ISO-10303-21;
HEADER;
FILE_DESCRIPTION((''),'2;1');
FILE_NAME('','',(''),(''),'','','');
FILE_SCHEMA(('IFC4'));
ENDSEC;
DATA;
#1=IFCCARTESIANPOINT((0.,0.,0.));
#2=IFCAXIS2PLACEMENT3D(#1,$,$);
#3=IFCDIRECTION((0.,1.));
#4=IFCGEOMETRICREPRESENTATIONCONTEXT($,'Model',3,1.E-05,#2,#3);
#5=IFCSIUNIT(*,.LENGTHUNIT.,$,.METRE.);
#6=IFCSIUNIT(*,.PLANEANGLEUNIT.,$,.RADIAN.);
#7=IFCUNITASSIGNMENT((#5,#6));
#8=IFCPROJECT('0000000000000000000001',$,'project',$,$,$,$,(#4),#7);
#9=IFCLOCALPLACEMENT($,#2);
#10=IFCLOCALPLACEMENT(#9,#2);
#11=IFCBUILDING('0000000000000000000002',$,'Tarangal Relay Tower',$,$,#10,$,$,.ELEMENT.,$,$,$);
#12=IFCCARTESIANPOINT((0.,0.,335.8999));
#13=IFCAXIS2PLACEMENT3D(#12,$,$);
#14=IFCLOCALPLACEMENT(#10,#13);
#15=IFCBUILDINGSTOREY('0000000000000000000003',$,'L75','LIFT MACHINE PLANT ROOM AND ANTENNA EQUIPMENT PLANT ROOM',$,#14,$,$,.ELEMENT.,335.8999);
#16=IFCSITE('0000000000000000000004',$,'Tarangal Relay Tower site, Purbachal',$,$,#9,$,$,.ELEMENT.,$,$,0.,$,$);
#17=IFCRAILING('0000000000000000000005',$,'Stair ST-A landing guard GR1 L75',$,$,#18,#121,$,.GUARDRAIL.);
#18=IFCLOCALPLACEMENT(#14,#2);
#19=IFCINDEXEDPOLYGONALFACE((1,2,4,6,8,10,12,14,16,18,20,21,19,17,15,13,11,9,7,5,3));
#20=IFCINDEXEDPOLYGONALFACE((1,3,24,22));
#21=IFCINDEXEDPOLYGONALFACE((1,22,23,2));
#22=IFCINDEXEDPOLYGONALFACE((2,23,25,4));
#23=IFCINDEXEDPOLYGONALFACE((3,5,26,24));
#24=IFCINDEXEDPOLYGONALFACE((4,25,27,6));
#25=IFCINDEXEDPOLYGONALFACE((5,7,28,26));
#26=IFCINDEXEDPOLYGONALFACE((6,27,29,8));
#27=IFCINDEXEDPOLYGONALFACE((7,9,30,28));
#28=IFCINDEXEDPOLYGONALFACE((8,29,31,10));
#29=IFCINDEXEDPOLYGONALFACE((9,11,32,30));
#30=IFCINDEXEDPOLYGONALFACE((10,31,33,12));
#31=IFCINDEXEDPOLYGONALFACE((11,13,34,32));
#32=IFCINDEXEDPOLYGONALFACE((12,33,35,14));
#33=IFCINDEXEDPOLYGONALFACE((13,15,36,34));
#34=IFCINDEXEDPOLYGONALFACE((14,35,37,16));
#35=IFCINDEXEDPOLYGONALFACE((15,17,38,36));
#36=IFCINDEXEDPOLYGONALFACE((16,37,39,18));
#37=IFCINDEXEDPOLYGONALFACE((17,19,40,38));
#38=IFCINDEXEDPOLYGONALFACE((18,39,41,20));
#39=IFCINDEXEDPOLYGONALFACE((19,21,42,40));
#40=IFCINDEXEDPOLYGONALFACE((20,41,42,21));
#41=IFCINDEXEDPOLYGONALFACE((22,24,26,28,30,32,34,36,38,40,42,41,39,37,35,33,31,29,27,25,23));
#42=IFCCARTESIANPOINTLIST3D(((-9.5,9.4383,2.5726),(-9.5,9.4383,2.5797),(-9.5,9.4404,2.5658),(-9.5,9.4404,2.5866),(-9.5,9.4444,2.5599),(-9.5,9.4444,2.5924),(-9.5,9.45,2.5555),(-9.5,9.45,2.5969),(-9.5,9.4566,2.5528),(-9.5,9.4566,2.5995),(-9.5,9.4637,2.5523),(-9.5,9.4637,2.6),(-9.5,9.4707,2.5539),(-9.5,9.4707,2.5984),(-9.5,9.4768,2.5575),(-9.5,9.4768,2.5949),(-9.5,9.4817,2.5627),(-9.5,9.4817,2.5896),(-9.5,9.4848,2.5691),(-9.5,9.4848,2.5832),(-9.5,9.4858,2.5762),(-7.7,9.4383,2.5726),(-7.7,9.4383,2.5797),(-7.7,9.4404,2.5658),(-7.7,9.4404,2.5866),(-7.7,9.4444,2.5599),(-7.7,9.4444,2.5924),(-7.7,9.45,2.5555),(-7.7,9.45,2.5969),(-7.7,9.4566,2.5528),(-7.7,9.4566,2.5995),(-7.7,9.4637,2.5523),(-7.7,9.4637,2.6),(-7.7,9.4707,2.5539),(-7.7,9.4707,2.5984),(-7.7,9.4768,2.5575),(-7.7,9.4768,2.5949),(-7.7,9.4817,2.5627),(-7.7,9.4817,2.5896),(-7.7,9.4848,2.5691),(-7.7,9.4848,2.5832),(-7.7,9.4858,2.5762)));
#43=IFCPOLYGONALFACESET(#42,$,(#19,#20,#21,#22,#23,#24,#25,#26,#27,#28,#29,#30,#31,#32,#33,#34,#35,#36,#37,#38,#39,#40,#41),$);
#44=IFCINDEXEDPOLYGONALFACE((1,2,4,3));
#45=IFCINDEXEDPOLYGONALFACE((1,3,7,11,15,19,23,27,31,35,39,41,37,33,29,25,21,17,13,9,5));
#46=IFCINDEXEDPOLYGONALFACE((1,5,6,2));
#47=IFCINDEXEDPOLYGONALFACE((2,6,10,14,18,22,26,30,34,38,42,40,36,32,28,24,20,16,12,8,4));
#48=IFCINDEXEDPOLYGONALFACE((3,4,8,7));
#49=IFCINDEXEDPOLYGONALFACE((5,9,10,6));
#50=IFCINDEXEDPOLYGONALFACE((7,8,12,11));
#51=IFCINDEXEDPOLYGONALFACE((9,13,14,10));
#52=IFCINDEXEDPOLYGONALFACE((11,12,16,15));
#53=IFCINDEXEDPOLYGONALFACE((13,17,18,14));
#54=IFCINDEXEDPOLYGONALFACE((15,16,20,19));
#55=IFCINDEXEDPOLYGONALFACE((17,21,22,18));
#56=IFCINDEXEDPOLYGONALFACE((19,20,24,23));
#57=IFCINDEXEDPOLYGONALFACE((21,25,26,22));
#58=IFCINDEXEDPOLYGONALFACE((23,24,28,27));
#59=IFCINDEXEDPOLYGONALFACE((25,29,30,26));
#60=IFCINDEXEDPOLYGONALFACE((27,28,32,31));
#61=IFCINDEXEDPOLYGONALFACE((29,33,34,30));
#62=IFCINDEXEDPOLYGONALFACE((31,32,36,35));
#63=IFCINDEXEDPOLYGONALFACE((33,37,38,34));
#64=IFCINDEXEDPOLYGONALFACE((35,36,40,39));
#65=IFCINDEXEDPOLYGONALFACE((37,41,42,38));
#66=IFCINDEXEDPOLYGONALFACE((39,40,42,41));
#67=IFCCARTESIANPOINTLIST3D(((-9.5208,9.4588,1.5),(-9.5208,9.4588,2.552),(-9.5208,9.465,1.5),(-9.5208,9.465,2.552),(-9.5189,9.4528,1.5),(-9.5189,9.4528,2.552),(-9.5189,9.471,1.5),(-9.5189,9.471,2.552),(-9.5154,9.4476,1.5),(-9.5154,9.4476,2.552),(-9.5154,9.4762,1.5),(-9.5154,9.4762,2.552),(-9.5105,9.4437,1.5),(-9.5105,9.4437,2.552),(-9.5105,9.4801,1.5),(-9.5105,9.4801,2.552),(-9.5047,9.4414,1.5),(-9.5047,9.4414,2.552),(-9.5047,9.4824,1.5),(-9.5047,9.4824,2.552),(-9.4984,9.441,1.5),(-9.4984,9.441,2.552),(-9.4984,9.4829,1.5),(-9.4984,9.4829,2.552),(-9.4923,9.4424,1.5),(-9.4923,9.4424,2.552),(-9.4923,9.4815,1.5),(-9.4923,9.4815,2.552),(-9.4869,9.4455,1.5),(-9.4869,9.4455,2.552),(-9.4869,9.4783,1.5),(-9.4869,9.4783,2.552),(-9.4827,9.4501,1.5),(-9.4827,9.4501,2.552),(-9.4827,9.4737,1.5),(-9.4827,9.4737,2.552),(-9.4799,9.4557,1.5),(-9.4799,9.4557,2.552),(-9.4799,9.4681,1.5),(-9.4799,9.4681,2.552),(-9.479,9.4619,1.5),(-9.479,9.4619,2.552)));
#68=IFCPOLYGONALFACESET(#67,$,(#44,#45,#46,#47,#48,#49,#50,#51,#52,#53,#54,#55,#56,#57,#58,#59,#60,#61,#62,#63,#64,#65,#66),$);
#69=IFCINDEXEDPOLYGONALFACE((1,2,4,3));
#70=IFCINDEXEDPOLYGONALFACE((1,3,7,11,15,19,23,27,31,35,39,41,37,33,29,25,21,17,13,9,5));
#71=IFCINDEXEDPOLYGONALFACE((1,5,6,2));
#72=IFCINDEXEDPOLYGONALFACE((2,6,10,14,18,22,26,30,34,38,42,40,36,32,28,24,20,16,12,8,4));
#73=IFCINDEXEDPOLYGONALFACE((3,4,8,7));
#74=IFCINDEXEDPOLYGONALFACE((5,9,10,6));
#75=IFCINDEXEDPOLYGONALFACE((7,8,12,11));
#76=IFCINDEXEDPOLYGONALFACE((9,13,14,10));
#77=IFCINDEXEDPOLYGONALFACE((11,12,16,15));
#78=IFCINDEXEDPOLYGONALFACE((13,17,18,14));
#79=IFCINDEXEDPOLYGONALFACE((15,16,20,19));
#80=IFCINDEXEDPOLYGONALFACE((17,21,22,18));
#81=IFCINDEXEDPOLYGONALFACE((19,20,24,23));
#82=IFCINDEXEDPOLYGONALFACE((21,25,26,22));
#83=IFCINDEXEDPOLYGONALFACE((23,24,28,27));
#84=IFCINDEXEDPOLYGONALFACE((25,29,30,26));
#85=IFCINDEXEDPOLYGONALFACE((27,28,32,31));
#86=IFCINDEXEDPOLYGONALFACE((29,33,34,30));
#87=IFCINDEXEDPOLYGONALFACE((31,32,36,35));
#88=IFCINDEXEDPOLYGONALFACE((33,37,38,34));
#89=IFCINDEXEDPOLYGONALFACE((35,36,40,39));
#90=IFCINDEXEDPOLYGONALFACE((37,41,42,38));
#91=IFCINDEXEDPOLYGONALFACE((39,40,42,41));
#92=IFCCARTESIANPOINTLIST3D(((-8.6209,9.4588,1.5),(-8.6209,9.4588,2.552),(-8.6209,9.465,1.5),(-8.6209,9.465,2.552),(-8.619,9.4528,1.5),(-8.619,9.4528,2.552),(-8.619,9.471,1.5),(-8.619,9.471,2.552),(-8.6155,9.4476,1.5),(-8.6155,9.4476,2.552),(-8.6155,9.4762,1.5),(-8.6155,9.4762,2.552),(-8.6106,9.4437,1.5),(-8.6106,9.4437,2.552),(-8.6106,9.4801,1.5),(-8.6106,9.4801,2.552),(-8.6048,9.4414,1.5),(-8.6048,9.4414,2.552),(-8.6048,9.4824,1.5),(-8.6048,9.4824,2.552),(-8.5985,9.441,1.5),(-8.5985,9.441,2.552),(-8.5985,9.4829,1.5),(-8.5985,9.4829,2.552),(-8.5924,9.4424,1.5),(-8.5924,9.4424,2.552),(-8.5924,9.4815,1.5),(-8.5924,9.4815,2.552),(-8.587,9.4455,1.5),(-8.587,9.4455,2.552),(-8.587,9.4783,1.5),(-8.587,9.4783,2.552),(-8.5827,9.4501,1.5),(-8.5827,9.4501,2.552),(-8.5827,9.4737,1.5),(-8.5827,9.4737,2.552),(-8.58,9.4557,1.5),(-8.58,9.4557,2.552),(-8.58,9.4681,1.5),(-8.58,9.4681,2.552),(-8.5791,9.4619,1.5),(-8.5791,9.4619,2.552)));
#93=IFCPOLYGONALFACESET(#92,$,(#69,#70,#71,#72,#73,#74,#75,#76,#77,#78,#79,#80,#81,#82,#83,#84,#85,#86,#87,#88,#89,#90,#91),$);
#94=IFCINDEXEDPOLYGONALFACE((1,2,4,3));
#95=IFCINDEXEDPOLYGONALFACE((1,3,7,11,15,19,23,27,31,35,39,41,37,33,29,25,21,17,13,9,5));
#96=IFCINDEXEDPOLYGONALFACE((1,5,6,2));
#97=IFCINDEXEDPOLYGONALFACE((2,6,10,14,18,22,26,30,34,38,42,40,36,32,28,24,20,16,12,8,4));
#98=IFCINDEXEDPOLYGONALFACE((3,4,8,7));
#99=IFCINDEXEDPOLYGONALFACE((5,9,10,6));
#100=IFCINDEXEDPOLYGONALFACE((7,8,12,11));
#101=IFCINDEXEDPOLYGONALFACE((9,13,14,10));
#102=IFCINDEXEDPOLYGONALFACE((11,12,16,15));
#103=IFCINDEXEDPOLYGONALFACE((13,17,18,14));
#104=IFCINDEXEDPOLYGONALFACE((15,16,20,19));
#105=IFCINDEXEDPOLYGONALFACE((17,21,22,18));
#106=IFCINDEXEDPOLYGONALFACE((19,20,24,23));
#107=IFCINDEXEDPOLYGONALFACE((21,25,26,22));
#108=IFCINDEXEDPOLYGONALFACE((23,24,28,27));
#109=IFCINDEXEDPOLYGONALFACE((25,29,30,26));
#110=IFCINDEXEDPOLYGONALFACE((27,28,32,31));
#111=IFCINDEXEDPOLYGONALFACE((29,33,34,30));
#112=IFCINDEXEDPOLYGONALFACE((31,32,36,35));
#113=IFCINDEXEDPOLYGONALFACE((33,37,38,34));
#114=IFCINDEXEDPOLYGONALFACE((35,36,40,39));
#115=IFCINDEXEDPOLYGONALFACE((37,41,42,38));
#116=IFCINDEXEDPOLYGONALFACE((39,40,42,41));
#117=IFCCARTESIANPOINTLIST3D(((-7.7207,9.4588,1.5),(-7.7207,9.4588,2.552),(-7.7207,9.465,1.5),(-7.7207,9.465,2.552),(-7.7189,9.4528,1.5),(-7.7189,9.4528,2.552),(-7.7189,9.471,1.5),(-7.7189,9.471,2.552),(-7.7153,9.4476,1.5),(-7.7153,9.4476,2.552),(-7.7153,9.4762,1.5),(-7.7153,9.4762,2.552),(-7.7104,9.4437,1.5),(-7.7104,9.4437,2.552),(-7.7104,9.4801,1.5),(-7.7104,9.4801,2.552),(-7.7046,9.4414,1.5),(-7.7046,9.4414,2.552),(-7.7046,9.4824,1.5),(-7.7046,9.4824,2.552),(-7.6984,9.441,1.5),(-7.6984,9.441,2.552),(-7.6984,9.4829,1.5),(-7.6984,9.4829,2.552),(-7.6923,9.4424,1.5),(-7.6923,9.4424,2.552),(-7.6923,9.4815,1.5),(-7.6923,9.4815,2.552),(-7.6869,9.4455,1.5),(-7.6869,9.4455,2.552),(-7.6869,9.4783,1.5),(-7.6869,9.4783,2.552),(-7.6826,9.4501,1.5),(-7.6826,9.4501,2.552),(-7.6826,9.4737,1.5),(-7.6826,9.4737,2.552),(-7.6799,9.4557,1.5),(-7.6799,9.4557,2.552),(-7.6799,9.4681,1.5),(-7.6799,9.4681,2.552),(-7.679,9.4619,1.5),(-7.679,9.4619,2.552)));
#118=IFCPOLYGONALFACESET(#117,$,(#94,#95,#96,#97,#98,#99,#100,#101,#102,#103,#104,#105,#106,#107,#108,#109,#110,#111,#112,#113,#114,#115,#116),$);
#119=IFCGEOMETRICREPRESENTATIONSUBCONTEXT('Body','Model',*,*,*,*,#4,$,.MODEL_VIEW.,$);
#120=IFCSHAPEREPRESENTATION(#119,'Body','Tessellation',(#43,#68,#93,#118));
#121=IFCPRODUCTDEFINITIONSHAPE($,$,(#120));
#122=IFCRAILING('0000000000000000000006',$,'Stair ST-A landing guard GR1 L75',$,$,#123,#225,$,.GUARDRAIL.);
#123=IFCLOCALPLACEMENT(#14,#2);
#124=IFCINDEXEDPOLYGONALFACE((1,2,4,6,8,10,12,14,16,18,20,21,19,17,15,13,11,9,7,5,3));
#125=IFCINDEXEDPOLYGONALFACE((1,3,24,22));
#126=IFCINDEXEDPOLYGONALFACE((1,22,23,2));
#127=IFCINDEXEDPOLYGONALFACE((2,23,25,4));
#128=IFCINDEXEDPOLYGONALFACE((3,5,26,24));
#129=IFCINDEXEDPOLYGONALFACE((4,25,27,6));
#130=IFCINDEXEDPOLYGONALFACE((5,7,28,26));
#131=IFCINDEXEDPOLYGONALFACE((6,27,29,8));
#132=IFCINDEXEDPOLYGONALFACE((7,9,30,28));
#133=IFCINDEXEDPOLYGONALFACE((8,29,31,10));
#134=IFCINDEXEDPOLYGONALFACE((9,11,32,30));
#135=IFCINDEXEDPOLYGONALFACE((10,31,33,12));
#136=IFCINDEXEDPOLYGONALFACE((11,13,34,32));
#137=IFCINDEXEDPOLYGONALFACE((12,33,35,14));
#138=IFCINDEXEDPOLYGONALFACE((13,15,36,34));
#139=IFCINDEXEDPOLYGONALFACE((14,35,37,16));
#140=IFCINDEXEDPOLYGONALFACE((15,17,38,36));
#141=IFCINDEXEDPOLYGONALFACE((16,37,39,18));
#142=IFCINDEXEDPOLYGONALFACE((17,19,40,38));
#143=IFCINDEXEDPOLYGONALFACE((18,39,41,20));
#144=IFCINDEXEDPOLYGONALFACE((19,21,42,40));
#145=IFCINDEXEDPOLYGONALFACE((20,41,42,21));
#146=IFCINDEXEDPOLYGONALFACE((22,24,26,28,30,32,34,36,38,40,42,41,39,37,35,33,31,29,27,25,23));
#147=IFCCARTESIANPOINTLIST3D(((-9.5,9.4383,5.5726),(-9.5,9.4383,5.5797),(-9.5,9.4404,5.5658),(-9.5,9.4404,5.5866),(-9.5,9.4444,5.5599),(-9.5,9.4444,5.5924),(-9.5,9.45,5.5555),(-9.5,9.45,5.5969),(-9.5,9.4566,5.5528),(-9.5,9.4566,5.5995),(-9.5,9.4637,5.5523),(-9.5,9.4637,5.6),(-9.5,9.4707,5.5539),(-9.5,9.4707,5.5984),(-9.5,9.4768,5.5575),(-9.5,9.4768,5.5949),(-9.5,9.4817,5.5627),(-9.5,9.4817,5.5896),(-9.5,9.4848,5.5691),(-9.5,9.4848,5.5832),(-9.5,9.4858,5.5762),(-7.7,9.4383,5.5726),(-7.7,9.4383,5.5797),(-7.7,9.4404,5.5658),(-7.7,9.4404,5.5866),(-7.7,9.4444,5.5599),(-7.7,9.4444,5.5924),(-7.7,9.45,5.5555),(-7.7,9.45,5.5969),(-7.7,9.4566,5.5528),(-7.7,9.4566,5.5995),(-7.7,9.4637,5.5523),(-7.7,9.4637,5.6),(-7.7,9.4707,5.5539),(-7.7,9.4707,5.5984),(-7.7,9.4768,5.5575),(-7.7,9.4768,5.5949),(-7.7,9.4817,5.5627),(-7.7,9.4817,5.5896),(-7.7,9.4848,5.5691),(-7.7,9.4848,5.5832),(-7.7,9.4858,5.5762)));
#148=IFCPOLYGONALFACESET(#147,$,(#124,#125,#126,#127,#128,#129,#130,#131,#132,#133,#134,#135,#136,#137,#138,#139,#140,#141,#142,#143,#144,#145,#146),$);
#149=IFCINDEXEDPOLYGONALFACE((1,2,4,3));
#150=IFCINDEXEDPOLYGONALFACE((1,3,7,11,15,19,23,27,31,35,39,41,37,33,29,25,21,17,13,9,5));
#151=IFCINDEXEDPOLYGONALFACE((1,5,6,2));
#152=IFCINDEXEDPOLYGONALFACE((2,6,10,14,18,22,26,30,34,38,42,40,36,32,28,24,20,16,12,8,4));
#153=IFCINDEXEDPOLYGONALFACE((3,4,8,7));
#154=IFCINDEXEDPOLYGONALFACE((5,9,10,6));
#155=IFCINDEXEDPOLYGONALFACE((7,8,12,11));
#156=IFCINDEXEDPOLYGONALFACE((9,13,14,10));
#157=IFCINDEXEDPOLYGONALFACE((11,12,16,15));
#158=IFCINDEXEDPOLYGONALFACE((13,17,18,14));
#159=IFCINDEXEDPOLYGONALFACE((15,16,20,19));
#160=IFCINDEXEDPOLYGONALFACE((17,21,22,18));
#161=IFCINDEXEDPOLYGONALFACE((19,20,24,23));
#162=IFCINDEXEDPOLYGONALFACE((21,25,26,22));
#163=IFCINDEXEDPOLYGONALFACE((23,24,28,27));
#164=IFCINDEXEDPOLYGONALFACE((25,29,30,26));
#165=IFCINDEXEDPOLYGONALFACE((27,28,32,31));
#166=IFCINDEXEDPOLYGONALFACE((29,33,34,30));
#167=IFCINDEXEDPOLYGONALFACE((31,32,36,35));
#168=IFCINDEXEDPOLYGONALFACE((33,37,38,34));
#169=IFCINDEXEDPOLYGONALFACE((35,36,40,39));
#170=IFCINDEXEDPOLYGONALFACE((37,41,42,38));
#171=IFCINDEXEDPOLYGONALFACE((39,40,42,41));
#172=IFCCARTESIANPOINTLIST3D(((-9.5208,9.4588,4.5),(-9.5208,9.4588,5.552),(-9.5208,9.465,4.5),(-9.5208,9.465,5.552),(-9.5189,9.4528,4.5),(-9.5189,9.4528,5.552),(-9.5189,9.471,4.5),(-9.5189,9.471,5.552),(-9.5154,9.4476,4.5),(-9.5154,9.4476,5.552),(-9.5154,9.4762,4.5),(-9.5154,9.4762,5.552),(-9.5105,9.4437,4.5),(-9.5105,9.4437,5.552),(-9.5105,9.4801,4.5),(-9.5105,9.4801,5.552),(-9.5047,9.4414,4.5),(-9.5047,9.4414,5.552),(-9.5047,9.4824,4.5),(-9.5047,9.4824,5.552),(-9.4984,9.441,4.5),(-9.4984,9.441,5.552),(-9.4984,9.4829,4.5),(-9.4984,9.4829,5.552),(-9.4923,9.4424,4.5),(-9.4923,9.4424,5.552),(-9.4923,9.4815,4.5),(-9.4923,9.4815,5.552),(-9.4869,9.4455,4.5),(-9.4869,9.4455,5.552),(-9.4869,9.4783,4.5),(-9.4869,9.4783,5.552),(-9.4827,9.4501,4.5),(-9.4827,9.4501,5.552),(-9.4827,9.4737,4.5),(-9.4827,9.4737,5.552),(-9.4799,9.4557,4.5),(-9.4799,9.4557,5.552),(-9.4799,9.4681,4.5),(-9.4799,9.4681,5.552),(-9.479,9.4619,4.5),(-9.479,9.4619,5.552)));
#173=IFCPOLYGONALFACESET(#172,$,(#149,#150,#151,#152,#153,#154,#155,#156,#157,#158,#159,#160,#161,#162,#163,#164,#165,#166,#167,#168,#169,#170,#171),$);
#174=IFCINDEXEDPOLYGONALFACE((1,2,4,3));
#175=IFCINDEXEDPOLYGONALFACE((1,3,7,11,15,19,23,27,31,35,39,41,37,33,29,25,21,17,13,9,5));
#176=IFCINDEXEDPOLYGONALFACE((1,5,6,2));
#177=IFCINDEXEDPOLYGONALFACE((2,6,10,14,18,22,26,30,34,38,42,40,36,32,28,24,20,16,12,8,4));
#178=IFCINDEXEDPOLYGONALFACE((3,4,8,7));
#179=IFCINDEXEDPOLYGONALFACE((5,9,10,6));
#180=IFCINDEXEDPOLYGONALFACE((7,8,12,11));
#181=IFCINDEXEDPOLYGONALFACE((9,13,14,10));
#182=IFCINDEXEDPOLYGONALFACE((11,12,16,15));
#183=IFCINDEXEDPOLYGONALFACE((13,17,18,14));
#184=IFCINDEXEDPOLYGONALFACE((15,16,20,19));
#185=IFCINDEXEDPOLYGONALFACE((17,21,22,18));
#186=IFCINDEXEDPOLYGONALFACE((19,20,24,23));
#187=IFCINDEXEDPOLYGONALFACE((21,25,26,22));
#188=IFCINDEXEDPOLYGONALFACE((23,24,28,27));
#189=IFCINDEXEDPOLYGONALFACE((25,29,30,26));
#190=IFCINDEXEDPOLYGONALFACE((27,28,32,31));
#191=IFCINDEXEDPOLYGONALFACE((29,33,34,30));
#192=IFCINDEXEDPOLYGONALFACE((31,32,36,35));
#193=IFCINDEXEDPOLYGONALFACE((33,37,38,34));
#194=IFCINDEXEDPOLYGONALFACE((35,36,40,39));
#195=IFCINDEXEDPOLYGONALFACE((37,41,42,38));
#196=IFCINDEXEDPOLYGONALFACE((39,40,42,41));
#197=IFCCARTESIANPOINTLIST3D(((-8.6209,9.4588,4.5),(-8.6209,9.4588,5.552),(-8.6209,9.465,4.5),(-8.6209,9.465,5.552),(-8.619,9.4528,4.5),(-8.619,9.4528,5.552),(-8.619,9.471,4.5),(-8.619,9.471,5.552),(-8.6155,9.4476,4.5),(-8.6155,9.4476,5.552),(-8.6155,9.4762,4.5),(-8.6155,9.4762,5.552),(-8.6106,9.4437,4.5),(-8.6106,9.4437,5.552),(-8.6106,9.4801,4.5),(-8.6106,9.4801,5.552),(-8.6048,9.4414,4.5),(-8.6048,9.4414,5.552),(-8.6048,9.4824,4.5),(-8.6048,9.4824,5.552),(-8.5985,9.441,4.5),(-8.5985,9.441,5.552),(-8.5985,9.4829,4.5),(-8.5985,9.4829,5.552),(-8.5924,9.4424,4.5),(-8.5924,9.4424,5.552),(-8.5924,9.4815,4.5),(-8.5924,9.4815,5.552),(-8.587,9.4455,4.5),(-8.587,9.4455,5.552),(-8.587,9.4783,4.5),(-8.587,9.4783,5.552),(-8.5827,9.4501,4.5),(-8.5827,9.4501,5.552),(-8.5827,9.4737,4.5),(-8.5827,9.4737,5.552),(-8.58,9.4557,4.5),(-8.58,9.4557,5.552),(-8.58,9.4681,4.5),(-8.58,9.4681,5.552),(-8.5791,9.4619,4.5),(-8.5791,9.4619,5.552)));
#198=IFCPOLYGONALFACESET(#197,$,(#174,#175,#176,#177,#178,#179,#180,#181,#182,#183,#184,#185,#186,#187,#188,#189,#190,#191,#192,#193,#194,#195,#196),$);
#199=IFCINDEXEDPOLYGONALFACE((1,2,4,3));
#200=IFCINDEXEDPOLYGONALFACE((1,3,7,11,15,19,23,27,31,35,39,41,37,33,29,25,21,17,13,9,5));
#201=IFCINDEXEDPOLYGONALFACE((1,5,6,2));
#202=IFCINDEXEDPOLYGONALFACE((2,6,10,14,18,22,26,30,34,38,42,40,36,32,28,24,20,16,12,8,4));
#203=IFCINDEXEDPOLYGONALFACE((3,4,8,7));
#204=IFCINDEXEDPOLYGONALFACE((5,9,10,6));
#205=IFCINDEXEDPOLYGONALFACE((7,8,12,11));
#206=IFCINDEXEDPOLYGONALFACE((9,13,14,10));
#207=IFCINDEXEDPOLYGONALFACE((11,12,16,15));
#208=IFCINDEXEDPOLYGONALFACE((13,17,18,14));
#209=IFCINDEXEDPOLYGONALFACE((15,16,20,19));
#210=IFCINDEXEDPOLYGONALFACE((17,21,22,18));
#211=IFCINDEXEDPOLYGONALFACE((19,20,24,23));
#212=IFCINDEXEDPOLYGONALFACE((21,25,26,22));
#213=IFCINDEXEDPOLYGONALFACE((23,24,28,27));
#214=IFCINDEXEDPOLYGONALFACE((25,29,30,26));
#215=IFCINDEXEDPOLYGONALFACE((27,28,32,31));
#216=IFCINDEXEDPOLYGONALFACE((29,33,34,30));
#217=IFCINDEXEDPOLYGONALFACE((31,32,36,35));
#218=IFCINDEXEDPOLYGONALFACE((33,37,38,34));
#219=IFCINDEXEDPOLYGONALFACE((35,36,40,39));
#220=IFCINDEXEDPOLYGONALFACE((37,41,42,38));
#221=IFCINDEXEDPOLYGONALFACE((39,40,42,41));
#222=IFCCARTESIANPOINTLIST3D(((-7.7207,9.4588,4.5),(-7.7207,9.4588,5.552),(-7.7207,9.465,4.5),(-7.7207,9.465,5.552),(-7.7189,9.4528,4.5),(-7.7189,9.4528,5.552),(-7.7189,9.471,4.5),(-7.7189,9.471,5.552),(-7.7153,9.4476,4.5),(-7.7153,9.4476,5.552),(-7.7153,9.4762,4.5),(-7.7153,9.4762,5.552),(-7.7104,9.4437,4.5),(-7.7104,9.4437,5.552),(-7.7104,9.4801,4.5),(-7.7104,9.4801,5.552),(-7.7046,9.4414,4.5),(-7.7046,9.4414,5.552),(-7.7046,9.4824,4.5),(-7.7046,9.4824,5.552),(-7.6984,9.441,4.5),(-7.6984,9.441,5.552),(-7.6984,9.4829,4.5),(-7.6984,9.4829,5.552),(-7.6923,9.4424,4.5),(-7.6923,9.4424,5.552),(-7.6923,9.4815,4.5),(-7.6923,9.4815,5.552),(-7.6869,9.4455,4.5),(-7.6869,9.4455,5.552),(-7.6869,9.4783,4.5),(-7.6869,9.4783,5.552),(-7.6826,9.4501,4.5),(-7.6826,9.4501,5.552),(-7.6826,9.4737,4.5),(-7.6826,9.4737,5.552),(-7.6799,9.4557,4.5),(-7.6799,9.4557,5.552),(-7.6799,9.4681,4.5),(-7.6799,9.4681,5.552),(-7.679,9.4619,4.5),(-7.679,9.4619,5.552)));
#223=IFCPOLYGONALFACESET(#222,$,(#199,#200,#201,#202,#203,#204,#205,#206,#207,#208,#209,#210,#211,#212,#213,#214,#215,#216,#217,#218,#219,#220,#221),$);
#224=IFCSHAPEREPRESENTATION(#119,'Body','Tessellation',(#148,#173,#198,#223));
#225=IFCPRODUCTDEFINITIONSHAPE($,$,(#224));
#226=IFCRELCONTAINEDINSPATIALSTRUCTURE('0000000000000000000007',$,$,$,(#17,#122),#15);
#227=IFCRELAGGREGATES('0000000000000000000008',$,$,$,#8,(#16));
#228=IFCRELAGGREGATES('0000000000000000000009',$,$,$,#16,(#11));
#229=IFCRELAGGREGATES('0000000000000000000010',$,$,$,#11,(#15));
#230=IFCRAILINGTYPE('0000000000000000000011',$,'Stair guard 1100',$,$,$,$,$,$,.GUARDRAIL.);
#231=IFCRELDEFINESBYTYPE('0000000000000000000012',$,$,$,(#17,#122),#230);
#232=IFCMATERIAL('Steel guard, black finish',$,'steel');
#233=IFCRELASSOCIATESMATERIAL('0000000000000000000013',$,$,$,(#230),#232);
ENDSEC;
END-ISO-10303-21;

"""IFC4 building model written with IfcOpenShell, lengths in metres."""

from ifc_helpers import new_model, si_unit, direction, frame, origin, origin_2d, place, context, subcontext, project, spatial, circle, extrude, material, type_object, element, save


model = new_model("IFC4")

# Units and contexts
model_context = context("Model", 3, precision=1e-05, world=origin(), true_north=direction((0.0, 1.0)))
body_context = subcontext(model_context, "Body", "Model", "MODEL_VIEW")
ifc_project = project(units=[si_unit("LENGTHUNIT", "METRE"), si_unit("PLANEANGLEUNIT", "RADIAN")], contexts=[model_context])

# Site, building, storey
site_placement = place(None, origin())
site = spatial("IfcSite", under=ifc_project, at=site_placement, Name="Tarangal Relay Tower site, Purbachal", CompositionType="ELEMENT", RefElevation=0.0)
building_placement = place(site_placement, origin())
building = spatial("IfcBuilding", under=site, at=building_placement, Name="Tarangal Relay Tower", CompositionType="ELEMENT")
storey_placement = place(building_placement, frame((0.0, 0.0, 335.8999)))
storey = spatial("IfcBuildingStorey", under=building, at=storey_placement, Name="L75", Description="LIFT MACHINE PLANT ROOM AND ANTENNA EQUIPMENT PLANT ROOM", CompositionType="ELEMENT", Elevation=335.8999)

# Railings
ifc_material_1 = material(Name="Steel guard, black finish", Category="steel")
railing_type_1 = type_object("IfcRailingType", Name="Stair guard 1100", PredefinedType="GUARDRAIL", material=ifc_material_1)
for number, where, name in (
    (1, (-9.5, 9.4619, 1.5), "Stair ST-A landing guard GR1 L75"),
    (2, (-9.5, 9.4619, 4.5), "Stair ST-A landing guard GR1 L75"),
):
    element("IfcRailing", number, at=place(storey_placement, frame(where)), inside=storey, type_object=railing_type_1, Name=name, PredefinedType="GUARDRAIL", context=body_context, shape_type="SweptSolid", body=[
        extrude(circle(Radius=0.0239, at=origin_2d()), frame((0.0, 0.0, 1.0762), z_axis=(1.0, 0.0, 0.0), x_axis=(0.0, 1.0, 0.0)), (0.0, 0.0, 1.0), 1.8),
        extrude(circle(Radius=0.021, at=origin_2d()), origin(), (0.0, 0.0, 1.0), 1.052),
        extrude(circle(Radius=0.021, at=origin_2d()), frame((0.8999, 0.0, 0.0)), (0.0, 0.0, 1.0), 1.052),
        extrude(circle(Radius=0.021, at=origin_2d()), frame((1.8, 0.0, 0.0)), (0.0, 0.0, 1.0), 1.052),
    ])

save(model, "model.ifc")
